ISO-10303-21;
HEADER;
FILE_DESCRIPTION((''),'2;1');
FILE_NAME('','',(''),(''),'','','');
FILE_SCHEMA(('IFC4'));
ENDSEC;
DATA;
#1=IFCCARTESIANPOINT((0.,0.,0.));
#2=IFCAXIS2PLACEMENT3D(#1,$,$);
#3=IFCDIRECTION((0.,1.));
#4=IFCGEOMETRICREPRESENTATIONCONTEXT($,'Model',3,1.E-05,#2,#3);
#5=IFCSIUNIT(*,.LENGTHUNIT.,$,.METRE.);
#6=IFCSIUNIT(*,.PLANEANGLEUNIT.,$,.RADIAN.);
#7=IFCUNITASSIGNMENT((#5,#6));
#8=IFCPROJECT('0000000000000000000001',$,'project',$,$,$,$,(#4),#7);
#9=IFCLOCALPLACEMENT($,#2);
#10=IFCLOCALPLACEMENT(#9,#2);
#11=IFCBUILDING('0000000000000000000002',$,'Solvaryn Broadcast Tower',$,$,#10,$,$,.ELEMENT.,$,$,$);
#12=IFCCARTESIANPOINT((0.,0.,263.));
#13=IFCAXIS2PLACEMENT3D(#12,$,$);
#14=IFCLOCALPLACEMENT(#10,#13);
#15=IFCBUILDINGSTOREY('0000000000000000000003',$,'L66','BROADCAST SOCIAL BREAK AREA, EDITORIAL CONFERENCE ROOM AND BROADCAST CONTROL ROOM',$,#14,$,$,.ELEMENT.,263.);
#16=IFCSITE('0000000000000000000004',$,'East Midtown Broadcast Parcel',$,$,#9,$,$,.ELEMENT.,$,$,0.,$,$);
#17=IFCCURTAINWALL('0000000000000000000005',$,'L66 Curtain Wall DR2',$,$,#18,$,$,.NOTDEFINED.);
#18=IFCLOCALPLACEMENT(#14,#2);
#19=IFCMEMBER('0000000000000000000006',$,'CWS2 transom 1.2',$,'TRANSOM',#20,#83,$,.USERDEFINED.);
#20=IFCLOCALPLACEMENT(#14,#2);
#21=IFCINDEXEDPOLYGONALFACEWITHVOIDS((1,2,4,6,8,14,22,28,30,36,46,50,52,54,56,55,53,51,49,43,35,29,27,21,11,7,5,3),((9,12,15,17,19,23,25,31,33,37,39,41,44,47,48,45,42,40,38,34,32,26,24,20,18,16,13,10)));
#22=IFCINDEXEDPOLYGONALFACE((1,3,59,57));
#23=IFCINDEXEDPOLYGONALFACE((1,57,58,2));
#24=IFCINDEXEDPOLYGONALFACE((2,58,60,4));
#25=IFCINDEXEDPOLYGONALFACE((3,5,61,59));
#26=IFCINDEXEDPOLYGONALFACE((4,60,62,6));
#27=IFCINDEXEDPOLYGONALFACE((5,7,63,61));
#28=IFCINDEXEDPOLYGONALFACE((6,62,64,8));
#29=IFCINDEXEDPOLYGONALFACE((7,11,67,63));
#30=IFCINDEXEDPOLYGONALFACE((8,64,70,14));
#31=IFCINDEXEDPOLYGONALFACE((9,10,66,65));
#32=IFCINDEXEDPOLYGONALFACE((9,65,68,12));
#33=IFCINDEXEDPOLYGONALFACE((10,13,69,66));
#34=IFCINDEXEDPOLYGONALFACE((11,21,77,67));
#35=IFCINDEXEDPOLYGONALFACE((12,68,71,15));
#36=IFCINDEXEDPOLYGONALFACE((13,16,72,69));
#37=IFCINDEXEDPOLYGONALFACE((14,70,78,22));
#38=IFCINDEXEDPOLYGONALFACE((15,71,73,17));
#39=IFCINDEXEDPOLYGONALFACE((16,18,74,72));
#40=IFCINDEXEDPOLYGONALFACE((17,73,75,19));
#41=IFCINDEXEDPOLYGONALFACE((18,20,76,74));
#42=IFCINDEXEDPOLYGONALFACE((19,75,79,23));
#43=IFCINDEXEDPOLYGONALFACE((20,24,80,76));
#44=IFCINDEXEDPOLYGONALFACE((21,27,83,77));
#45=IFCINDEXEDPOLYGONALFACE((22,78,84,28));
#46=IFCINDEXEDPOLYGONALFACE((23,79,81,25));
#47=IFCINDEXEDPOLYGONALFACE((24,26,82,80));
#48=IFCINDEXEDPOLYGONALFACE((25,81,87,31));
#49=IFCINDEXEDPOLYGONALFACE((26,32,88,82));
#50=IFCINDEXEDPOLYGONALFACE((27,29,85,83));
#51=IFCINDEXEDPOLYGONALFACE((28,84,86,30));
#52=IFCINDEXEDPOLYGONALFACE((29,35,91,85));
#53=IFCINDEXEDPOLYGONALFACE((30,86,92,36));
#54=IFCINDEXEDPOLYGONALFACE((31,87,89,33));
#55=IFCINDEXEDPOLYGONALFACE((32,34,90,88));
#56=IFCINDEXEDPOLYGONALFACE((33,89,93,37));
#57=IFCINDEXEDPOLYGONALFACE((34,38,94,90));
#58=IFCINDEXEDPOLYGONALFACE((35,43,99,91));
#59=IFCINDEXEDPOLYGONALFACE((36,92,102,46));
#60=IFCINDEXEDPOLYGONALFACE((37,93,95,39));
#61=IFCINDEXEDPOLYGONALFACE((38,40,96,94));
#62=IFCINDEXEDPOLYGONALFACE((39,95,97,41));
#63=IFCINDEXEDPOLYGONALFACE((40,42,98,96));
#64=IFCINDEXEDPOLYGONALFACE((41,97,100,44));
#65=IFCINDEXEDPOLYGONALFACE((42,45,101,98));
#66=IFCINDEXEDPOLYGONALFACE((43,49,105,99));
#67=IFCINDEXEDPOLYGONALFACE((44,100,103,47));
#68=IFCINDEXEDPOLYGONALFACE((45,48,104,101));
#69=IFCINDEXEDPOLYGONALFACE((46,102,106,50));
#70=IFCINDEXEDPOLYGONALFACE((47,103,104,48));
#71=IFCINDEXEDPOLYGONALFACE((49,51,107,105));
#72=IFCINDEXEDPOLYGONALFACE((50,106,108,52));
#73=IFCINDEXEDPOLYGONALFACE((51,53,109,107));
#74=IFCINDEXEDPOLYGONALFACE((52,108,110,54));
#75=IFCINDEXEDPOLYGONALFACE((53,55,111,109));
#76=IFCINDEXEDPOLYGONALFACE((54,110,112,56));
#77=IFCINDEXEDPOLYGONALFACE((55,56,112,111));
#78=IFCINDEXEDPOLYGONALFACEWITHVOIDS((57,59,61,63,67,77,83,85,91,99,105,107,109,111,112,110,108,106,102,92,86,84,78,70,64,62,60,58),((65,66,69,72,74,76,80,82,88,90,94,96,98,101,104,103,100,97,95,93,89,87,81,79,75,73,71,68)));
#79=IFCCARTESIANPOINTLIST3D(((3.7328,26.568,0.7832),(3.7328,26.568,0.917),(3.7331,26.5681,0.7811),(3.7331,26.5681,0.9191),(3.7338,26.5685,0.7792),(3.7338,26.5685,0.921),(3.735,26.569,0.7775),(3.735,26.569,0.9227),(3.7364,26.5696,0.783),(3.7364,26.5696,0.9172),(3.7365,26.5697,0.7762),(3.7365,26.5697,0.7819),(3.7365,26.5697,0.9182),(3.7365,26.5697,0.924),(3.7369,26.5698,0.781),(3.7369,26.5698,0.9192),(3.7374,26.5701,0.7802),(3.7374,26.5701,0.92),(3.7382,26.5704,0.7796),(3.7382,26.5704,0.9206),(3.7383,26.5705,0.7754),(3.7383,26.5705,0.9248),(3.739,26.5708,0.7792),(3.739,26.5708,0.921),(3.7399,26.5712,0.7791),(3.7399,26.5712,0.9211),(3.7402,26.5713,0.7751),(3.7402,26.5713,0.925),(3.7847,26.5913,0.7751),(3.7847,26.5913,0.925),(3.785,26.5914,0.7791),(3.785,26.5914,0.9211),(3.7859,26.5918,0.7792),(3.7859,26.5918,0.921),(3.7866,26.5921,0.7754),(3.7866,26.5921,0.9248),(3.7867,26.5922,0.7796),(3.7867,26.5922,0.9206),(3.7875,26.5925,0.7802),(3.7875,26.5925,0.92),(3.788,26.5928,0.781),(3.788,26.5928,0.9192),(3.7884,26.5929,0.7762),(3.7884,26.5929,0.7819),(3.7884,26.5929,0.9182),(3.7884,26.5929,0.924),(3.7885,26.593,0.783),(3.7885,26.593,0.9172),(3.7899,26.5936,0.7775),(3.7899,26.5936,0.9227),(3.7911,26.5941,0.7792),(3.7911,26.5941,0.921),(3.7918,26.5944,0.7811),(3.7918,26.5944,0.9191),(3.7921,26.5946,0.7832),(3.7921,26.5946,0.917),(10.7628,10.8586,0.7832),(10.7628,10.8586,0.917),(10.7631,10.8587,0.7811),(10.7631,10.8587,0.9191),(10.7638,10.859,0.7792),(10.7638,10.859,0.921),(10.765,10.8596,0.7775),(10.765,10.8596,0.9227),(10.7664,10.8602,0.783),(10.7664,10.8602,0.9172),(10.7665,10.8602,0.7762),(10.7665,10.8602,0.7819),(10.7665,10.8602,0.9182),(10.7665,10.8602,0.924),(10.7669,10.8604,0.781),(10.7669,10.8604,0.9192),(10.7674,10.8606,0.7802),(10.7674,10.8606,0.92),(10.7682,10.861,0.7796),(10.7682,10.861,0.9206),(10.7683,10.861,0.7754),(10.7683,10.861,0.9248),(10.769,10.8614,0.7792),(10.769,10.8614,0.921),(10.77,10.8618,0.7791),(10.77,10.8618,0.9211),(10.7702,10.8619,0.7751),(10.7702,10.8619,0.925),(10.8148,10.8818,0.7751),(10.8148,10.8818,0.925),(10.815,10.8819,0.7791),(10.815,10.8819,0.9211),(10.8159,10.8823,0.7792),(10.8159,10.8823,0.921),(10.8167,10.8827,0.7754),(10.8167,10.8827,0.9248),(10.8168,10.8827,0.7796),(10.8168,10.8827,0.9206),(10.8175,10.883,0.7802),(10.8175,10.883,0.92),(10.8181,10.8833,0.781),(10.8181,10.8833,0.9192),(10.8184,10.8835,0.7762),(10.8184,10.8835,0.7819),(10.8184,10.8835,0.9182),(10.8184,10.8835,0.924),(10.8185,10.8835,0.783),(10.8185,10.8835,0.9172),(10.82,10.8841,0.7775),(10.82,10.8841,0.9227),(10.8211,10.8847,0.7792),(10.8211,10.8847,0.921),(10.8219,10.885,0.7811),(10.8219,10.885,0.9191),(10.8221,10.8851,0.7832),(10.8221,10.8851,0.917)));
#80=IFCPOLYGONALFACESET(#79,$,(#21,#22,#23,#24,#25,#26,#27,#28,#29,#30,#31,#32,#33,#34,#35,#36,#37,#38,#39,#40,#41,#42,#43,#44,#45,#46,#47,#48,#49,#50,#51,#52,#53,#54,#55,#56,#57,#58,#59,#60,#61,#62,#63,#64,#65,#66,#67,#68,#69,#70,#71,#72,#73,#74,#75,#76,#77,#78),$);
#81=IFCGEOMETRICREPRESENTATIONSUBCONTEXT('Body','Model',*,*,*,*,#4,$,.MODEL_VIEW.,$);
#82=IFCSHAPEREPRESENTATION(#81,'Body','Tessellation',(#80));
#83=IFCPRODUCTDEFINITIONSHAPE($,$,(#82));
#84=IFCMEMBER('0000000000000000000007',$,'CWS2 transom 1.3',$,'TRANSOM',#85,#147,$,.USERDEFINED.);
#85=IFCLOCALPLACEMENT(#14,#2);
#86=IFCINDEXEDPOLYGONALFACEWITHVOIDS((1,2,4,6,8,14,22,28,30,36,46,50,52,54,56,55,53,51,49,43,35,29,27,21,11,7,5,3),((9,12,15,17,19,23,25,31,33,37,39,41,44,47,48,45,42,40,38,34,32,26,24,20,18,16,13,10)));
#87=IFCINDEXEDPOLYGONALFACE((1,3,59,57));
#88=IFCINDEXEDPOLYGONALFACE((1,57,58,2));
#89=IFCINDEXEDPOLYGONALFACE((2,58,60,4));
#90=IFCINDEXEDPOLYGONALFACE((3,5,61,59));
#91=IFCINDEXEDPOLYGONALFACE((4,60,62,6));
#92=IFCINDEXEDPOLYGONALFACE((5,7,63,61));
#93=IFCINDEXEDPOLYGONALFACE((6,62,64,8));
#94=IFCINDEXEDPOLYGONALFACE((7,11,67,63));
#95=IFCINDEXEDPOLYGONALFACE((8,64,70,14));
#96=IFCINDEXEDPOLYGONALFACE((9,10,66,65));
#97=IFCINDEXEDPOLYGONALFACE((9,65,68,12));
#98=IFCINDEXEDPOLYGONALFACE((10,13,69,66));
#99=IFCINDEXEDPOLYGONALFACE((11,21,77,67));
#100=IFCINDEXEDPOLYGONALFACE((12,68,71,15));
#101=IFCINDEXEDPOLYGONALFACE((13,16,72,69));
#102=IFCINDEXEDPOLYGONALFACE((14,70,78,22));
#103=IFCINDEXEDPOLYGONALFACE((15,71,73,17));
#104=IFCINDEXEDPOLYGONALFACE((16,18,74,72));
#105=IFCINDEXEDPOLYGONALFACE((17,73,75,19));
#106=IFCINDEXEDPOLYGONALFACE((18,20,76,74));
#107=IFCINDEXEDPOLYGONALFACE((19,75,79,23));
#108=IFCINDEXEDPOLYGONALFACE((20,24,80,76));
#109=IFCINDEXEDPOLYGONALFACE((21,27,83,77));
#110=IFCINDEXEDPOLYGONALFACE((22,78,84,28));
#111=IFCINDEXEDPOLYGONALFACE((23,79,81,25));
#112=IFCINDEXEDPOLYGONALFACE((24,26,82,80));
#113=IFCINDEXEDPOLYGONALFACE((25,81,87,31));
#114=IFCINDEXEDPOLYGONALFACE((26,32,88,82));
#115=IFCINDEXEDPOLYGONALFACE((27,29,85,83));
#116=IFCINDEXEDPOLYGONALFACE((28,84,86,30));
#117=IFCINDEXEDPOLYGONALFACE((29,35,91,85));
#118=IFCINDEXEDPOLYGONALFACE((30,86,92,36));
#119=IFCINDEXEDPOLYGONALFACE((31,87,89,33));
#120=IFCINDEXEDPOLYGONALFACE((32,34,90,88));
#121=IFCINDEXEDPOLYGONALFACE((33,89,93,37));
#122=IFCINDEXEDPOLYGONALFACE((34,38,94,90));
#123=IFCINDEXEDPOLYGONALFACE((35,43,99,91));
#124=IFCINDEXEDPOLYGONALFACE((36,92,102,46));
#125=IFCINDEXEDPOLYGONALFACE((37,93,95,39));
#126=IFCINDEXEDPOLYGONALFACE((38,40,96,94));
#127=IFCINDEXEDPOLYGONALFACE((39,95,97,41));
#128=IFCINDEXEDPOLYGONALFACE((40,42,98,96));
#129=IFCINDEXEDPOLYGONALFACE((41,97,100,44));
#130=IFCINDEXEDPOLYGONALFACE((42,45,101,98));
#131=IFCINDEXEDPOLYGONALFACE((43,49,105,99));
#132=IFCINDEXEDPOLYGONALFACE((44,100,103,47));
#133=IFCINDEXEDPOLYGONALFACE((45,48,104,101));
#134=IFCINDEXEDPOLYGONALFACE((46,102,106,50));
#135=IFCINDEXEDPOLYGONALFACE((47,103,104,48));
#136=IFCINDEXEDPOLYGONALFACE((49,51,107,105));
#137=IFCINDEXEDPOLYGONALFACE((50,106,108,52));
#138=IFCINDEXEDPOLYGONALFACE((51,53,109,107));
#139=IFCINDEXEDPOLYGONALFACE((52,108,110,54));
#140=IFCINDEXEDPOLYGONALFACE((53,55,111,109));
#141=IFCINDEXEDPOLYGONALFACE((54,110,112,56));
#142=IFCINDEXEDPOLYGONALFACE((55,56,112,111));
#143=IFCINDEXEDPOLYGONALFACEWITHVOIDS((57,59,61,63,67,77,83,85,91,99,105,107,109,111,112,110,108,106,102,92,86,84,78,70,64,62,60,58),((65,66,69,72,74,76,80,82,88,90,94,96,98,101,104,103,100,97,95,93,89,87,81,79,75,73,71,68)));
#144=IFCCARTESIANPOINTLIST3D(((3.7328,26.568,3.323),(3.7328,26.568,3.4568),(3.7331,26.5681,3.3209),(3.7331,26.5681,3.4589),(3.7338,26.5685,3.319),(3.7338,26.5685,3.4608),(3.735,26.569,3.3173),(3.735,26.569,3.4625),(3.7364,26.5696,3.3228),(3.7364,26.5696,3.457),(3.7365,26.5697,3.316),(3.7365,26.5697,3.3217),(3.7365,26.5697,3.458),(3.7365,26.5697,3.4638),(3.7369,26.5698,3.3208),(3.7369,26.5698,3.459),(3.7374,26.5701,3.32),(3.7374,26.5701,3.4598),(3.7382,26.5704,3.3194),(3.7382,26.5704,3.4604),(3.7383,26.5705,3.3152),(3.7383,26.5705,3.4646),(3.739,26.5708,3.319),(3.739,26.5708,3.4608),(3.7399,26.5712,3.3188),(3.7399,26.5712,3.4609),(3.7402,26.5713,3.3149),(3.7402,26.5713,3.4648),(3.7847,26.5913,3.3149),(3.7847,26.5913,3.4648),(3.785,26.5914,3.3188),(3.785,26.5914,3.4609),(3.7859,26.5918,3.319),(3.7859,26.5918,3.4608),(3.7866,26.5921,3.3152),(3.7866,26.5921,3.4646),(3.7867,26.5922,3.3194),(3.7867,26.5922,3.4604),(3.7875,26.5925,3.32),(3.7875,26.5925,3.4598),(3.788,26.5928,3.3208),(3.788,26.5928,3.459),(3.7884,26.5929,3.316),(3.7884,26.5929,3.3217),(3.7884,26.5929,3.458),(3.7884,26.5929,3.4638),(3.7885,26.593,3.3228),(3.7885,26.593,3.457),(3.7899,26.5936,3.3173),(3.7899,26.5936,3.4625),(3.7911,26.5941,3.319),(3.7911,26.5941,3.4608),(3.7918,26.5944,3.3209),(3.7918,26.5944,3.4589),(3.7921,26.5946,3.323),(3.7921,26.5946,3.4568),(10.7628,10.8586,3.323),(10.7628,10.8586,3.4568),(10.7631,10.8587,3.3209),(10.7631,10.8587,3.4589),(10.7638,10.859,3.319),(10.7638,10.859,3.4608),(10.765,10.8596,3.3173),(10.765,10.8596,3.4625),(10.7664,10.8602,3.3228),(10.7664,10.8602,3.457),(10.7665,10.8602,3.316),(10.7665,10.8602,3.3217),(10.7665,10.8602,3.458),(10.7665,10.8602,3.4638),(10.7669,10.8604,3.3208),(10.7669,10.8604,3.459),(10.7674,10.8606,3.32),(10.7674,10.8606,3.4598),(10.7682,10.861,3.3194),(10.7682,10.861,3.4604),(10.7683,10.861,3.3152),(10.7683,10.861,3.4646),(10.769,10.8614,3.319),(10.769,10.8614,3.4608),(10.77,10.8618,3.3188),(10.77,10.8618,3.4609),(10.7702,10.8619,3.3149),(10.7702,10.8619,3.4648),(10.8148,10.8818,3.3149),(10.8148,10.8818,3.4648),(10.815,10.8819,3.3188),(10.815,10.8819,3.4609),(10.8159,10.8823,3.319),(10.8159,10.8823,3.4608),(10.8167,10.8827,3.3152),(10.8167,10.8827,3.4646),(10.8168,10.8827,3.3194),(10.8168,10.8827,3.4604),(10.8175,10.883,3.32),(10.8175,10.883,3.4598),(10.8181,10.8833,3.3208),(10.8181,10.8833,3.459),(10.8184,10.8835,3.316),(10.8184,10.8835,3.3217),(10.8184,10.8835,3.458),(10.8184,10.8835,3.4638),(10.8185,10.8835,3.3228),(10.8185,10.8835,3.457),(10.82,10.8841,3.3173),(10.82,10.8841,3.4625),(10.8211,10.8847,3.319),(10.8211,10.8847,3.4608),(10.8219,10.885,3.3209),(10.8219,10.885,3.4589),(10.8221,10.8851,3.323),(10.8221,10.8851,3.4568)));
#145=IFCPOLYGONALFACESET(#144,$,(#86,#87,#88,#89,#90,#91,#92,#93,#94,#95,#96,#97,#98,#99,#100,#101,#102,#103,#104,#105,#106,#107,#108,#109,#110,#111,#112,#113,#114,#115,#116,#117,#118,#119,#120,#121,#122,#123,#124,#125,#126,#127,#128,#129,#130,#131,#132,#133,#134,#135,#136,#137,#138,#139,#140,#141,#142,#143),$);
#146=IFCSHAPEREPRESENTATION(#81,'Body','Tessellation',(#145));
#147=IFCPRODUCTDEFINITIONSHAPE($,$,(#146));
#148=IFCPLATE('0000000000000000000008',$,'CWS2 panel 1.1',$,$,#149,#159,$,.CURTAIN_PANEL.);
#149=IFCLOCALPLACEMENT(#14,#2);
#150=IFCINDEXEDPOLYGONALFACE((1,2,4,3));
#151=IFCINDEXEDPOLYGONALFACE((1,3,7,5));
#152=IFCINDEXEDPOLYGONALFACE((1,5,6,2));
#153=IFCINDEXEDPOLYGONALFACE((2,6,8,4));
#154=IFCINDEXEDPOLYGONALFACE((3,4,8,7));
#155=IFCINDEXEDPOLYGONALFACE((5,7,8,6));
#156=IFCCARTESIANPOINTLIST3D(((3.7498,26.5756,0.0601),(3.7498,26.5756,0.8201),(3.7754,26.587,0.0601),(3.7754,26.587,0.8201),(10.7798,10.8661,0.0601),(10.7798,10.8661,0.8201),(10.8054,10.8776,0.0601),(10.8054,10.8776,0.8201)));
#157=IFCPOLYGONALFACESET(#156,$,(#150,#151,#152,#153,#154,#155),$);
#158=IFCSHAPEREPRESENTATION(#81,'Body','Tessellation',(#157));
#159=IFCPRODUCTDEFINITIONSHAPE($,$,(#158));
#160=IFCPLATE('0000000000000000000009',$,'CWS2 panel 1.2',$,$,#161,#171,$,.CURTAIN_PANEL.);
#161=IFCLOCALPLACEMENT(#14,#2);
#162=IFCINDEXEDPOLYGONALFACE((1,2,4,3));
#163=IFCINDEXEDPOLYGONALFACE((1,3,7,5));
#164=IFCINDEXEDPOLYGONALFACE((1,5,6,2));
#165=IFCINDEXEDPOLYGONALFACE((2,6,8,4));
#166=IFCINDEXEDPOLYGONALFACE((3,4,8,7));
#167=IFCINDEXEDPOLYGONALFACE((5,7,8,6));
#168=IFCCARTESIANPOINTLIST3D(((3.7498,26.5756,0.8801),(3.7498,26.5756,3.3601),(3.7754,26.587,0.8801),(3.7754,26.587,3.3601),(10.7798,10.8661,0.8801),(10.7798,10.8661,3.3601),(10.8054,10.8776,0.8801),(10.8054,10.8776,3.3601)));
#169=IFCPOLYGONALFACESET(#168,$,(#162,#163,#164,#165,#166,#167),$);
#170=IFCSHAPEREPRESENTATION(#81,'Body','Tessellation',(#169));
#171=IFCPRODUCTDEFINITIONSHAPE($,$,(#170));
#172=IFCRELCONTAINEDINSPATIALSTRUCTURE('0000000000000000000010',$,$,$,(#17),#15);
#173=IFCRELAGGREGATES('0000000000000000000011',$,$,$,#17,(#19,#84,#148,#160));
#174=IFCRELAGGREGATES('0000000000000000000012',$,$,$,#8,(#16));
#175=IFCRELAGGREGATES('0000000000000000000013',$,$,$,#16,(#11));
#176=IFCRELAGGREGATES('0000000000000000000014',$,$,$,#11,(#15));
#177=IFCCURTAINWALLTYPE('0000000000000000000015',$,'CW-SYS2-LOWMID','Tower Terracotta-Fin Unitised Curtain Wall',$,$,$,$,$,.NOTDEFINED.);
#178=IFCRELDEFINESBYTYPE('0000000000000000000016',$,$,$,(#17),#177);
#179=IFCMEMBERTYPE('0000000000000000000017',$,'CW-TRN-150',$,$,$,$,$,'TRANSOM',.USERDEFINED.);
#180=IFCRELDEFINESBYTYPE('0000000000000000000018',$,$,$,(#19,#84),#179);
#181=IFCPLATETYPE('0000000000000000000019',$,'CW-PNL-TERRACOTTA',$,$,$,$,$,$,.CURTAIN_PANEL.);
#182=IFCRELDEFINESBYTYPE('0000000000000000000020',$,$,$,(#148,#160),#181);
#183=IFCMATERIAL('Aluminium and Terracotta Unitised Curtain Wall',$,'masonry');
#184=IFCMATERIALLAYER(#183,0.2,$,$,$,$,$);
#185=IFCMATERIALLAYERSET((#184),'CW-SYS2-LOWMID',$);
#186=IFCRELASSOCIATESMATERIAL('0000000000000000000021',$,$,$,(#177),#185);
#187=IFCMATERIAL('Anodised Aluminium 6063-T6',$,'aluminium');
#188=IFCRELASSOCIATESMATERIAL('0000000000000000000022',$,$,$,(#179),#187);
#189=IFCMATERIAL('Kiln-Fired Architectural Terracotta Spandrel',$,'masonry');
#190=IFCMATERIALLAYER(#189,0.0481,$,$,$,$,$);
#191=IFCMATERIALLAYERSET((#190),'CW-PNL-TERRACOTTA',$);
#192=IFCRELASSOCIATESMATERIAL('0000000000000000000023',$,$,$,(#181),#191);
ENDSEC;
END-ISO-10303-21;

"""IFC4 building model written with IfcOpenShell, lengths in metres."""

from ifc_helpers import new_model, si_unit, direction, frame, origin, origin_2d, place, context, subcontext, project, spatial, rectangle, hollow_rectangle, extrude, material, layer, layer_set, material_profile, profile_set, type_object, element, aggregate, save


model = new_model("IFC4")

# Units and contexts
model_context = context("Model", 3, precision=1e-05, world=origin(), true_north=direction((0.0, 1.0)))
body_context = subcontext(model_context, "Body", "Model", "MODEL_VIEW")
ifc_project = project(units=[si_unit("LENGTHUNIT", "METRE"), si_unit("PLANEANGLEUNIT", "RADIAN")], contexts=[model_context])

# Site, building, storey
site_placement = place(None, origin())
site = spatial("IfcSite", under=ifc_project, at=site_placement, Name="East Midtown Broadcast Parcel", CompositionType="ELEMENT", RefElevation=0.0)
building_placement = place(site_placement, origin())
building = spatial("IfcBuilding", under=site, at=building_placement, Name="Solvaryn Broadcast Tower", CompositionType="ELEMENT")
storey_placement = place(building_placement, frame((0.0, 0.0, 263.0)))
storey = spatial("IfcBuildingStorey", under=building, at=storey_placement, Name="L66", Description="BROADCAST SOCIAL BREAK AREA, EDITORIAL CONFERENCE ROOM AND BROADCAST CONTROL ROOM", CompositionType="ELEMENT", Elevation=263.0)

# Shared definitions
ifc_material_1 = material(Name="Aluminium and Terracotta Unitised Curtain Wall", Category="masonry")
ifc_layer_1 = layer(ifc_material_1, 0.2)
ifc_layer_set_1 = layer_set([ifc_layer_1], Name="CW-SYS2-LOWMID")
curtain_wall_type = type_object("IfcCurtainWallType", Name="CW-SYS2-LOWMID", Description="Tower Terracotta-Fin Unitised Curtain Wall", PredefinedType="NOTDEFINED", material=ifc_layer_set_1)

# Curtain wall, members, plates
curtain_wall_1_placement = place(storey_placement, origin())
curtain_wall_1 = element("IfcCurtainWall", 1, at=curtain_wall_1_placement, inside=storey, type_object=curtain_wall_type, Name="L66 Curtain Wall DR2", PredefinedType="NOTDEFINED")
ifc_material_2 = material(Name="Anodised Aluminium 6063-T6", Category="aluminium")
ifc_material_profile_1 = material_profile(ifc_material_2, hollow_rectangle(XDim=0.0649, YDim=0.1499, WallThickness=0.0039, InnerFilletRadius=0.0039, OuterFilletRadius=0.0081, at=origin_2d()))
ifc_profile_set_1 = profile_set([ifc_material_profile_1], Name="Anodised Aluminium 6063-T6")
member_type_1 = type_object("IfcMemberType", Name="CW-TRN-150", ElementType="TRANSOM", PredefinedType="USERDEFINED", material=ifc_profile_set_1)
member_1_placement = place(storey_placement, frame((3.7625, 26.5813, 0.8501), z_axis=(0.408468, -0.912773, 0.0), x_axis=(0.912773, 0.408468, 0.0)))
member_1 = element("IfcMember", 2, at=member_1_placement, type_object=member_type_1, Name="CWS2 transom 1.2", ObjectType="TRANSOM", PredefinedType="USERDEFINED", context=body_context, shape_type="SweptSolid", body=[
    extrude(hollow_rectangle(XDim=0.0649, YDim=0.1499, WallThickness=0.0039, InnerFilletRadius=0.0039, OuterFilletRadius=0.0081, at=origin_2d()), origin(), (0.0, 0.0, 1.0), 17.2107),
])
member_2_placement = place(storey_placement, frame((3.7625, 26.5813, 3.3899), z_axis=(0.408468, -0.912773, 0.0), x_axis=(0.912773, 0.408468, 0.0)))
member_2 = element("IfcMember", 3, at=member_2_placement, type_object=member_type_1, Name="CWS2 transom 1.3", ObjectType="TRANSOM", PredefinedType="USERDEFINED", context=body_context, shape_type="SweptSolid", body=[
    extrude(hollow_rectangle(XDim=0.0649, YDim=0.1499, WallThickness=0.0039, InnerFilletRadius=0.0039, OuterFilletRadius=0.0081, at=origin_2d()), origin(), (0.0, 0.0, 1.0), 17.2107),
])
ifc_material_3 = material(Name="Kiln-Fired Architectural Terracotta Spandrel", Category="masonry")
ifc_layer_2 = layer(ifc_material_3, 0.0481)
ifc_layer_set_2 = layer_set([ifc_layer_2], Name="CW-PNL-TERRACOTTA")
plate_type = type_object("IfcPlateType", Name="CW-PNL-TERRACOTTA", PredefinedType="CURTAIN_PANEL", material=ifc_layer_set_2)
plate_1_placement = place(storey_placement, frame((7.2776, 18.7266, 0.0601), z_axis=(0.0, 0.0, 1.0), x_axis=(0.408466, -0.912774, 0.0)))
plate_1 = element("IfcPlate", 4, at=plate_1_placement, type_object=plate_type, Name="CWS2 panel 1.1", PredefinedType="CURTAIN_PANEL", context=body_context, shape_type="SweptSolid", body=[
    extrude(rectangle(XDim=17.2107, YDim=0.0281, at=origin_2d()), origin(), (0.0, 0.0, 1.0), 0.76),
])
plate_2_placement = place(storey_placement, frame((7.2776, 18.7266, 0.8801), z_axis=(0.0, 0.0, 1.0), x_axis=(0.408466, -0.912774, 0.0)))
plate_2 = element("IfcPlate", 5, at=plate_2_placement, type_object=plate_type, Name="CWS2 panel 1.2", PredefinedType="CURTAIN_PANEL", context=body_context, shape_type="SweptSolid", body=[
    extrude(rectangle(XDim=17.2107, YDim=0.0281, at=origin_2d()), origin(), (0.0, 0.0, 1.0), 2.48),
])
aggregate(curtain_wall_1, [member_1, member_2, plate_1, plate_2])

save(model, "model.ifc")
